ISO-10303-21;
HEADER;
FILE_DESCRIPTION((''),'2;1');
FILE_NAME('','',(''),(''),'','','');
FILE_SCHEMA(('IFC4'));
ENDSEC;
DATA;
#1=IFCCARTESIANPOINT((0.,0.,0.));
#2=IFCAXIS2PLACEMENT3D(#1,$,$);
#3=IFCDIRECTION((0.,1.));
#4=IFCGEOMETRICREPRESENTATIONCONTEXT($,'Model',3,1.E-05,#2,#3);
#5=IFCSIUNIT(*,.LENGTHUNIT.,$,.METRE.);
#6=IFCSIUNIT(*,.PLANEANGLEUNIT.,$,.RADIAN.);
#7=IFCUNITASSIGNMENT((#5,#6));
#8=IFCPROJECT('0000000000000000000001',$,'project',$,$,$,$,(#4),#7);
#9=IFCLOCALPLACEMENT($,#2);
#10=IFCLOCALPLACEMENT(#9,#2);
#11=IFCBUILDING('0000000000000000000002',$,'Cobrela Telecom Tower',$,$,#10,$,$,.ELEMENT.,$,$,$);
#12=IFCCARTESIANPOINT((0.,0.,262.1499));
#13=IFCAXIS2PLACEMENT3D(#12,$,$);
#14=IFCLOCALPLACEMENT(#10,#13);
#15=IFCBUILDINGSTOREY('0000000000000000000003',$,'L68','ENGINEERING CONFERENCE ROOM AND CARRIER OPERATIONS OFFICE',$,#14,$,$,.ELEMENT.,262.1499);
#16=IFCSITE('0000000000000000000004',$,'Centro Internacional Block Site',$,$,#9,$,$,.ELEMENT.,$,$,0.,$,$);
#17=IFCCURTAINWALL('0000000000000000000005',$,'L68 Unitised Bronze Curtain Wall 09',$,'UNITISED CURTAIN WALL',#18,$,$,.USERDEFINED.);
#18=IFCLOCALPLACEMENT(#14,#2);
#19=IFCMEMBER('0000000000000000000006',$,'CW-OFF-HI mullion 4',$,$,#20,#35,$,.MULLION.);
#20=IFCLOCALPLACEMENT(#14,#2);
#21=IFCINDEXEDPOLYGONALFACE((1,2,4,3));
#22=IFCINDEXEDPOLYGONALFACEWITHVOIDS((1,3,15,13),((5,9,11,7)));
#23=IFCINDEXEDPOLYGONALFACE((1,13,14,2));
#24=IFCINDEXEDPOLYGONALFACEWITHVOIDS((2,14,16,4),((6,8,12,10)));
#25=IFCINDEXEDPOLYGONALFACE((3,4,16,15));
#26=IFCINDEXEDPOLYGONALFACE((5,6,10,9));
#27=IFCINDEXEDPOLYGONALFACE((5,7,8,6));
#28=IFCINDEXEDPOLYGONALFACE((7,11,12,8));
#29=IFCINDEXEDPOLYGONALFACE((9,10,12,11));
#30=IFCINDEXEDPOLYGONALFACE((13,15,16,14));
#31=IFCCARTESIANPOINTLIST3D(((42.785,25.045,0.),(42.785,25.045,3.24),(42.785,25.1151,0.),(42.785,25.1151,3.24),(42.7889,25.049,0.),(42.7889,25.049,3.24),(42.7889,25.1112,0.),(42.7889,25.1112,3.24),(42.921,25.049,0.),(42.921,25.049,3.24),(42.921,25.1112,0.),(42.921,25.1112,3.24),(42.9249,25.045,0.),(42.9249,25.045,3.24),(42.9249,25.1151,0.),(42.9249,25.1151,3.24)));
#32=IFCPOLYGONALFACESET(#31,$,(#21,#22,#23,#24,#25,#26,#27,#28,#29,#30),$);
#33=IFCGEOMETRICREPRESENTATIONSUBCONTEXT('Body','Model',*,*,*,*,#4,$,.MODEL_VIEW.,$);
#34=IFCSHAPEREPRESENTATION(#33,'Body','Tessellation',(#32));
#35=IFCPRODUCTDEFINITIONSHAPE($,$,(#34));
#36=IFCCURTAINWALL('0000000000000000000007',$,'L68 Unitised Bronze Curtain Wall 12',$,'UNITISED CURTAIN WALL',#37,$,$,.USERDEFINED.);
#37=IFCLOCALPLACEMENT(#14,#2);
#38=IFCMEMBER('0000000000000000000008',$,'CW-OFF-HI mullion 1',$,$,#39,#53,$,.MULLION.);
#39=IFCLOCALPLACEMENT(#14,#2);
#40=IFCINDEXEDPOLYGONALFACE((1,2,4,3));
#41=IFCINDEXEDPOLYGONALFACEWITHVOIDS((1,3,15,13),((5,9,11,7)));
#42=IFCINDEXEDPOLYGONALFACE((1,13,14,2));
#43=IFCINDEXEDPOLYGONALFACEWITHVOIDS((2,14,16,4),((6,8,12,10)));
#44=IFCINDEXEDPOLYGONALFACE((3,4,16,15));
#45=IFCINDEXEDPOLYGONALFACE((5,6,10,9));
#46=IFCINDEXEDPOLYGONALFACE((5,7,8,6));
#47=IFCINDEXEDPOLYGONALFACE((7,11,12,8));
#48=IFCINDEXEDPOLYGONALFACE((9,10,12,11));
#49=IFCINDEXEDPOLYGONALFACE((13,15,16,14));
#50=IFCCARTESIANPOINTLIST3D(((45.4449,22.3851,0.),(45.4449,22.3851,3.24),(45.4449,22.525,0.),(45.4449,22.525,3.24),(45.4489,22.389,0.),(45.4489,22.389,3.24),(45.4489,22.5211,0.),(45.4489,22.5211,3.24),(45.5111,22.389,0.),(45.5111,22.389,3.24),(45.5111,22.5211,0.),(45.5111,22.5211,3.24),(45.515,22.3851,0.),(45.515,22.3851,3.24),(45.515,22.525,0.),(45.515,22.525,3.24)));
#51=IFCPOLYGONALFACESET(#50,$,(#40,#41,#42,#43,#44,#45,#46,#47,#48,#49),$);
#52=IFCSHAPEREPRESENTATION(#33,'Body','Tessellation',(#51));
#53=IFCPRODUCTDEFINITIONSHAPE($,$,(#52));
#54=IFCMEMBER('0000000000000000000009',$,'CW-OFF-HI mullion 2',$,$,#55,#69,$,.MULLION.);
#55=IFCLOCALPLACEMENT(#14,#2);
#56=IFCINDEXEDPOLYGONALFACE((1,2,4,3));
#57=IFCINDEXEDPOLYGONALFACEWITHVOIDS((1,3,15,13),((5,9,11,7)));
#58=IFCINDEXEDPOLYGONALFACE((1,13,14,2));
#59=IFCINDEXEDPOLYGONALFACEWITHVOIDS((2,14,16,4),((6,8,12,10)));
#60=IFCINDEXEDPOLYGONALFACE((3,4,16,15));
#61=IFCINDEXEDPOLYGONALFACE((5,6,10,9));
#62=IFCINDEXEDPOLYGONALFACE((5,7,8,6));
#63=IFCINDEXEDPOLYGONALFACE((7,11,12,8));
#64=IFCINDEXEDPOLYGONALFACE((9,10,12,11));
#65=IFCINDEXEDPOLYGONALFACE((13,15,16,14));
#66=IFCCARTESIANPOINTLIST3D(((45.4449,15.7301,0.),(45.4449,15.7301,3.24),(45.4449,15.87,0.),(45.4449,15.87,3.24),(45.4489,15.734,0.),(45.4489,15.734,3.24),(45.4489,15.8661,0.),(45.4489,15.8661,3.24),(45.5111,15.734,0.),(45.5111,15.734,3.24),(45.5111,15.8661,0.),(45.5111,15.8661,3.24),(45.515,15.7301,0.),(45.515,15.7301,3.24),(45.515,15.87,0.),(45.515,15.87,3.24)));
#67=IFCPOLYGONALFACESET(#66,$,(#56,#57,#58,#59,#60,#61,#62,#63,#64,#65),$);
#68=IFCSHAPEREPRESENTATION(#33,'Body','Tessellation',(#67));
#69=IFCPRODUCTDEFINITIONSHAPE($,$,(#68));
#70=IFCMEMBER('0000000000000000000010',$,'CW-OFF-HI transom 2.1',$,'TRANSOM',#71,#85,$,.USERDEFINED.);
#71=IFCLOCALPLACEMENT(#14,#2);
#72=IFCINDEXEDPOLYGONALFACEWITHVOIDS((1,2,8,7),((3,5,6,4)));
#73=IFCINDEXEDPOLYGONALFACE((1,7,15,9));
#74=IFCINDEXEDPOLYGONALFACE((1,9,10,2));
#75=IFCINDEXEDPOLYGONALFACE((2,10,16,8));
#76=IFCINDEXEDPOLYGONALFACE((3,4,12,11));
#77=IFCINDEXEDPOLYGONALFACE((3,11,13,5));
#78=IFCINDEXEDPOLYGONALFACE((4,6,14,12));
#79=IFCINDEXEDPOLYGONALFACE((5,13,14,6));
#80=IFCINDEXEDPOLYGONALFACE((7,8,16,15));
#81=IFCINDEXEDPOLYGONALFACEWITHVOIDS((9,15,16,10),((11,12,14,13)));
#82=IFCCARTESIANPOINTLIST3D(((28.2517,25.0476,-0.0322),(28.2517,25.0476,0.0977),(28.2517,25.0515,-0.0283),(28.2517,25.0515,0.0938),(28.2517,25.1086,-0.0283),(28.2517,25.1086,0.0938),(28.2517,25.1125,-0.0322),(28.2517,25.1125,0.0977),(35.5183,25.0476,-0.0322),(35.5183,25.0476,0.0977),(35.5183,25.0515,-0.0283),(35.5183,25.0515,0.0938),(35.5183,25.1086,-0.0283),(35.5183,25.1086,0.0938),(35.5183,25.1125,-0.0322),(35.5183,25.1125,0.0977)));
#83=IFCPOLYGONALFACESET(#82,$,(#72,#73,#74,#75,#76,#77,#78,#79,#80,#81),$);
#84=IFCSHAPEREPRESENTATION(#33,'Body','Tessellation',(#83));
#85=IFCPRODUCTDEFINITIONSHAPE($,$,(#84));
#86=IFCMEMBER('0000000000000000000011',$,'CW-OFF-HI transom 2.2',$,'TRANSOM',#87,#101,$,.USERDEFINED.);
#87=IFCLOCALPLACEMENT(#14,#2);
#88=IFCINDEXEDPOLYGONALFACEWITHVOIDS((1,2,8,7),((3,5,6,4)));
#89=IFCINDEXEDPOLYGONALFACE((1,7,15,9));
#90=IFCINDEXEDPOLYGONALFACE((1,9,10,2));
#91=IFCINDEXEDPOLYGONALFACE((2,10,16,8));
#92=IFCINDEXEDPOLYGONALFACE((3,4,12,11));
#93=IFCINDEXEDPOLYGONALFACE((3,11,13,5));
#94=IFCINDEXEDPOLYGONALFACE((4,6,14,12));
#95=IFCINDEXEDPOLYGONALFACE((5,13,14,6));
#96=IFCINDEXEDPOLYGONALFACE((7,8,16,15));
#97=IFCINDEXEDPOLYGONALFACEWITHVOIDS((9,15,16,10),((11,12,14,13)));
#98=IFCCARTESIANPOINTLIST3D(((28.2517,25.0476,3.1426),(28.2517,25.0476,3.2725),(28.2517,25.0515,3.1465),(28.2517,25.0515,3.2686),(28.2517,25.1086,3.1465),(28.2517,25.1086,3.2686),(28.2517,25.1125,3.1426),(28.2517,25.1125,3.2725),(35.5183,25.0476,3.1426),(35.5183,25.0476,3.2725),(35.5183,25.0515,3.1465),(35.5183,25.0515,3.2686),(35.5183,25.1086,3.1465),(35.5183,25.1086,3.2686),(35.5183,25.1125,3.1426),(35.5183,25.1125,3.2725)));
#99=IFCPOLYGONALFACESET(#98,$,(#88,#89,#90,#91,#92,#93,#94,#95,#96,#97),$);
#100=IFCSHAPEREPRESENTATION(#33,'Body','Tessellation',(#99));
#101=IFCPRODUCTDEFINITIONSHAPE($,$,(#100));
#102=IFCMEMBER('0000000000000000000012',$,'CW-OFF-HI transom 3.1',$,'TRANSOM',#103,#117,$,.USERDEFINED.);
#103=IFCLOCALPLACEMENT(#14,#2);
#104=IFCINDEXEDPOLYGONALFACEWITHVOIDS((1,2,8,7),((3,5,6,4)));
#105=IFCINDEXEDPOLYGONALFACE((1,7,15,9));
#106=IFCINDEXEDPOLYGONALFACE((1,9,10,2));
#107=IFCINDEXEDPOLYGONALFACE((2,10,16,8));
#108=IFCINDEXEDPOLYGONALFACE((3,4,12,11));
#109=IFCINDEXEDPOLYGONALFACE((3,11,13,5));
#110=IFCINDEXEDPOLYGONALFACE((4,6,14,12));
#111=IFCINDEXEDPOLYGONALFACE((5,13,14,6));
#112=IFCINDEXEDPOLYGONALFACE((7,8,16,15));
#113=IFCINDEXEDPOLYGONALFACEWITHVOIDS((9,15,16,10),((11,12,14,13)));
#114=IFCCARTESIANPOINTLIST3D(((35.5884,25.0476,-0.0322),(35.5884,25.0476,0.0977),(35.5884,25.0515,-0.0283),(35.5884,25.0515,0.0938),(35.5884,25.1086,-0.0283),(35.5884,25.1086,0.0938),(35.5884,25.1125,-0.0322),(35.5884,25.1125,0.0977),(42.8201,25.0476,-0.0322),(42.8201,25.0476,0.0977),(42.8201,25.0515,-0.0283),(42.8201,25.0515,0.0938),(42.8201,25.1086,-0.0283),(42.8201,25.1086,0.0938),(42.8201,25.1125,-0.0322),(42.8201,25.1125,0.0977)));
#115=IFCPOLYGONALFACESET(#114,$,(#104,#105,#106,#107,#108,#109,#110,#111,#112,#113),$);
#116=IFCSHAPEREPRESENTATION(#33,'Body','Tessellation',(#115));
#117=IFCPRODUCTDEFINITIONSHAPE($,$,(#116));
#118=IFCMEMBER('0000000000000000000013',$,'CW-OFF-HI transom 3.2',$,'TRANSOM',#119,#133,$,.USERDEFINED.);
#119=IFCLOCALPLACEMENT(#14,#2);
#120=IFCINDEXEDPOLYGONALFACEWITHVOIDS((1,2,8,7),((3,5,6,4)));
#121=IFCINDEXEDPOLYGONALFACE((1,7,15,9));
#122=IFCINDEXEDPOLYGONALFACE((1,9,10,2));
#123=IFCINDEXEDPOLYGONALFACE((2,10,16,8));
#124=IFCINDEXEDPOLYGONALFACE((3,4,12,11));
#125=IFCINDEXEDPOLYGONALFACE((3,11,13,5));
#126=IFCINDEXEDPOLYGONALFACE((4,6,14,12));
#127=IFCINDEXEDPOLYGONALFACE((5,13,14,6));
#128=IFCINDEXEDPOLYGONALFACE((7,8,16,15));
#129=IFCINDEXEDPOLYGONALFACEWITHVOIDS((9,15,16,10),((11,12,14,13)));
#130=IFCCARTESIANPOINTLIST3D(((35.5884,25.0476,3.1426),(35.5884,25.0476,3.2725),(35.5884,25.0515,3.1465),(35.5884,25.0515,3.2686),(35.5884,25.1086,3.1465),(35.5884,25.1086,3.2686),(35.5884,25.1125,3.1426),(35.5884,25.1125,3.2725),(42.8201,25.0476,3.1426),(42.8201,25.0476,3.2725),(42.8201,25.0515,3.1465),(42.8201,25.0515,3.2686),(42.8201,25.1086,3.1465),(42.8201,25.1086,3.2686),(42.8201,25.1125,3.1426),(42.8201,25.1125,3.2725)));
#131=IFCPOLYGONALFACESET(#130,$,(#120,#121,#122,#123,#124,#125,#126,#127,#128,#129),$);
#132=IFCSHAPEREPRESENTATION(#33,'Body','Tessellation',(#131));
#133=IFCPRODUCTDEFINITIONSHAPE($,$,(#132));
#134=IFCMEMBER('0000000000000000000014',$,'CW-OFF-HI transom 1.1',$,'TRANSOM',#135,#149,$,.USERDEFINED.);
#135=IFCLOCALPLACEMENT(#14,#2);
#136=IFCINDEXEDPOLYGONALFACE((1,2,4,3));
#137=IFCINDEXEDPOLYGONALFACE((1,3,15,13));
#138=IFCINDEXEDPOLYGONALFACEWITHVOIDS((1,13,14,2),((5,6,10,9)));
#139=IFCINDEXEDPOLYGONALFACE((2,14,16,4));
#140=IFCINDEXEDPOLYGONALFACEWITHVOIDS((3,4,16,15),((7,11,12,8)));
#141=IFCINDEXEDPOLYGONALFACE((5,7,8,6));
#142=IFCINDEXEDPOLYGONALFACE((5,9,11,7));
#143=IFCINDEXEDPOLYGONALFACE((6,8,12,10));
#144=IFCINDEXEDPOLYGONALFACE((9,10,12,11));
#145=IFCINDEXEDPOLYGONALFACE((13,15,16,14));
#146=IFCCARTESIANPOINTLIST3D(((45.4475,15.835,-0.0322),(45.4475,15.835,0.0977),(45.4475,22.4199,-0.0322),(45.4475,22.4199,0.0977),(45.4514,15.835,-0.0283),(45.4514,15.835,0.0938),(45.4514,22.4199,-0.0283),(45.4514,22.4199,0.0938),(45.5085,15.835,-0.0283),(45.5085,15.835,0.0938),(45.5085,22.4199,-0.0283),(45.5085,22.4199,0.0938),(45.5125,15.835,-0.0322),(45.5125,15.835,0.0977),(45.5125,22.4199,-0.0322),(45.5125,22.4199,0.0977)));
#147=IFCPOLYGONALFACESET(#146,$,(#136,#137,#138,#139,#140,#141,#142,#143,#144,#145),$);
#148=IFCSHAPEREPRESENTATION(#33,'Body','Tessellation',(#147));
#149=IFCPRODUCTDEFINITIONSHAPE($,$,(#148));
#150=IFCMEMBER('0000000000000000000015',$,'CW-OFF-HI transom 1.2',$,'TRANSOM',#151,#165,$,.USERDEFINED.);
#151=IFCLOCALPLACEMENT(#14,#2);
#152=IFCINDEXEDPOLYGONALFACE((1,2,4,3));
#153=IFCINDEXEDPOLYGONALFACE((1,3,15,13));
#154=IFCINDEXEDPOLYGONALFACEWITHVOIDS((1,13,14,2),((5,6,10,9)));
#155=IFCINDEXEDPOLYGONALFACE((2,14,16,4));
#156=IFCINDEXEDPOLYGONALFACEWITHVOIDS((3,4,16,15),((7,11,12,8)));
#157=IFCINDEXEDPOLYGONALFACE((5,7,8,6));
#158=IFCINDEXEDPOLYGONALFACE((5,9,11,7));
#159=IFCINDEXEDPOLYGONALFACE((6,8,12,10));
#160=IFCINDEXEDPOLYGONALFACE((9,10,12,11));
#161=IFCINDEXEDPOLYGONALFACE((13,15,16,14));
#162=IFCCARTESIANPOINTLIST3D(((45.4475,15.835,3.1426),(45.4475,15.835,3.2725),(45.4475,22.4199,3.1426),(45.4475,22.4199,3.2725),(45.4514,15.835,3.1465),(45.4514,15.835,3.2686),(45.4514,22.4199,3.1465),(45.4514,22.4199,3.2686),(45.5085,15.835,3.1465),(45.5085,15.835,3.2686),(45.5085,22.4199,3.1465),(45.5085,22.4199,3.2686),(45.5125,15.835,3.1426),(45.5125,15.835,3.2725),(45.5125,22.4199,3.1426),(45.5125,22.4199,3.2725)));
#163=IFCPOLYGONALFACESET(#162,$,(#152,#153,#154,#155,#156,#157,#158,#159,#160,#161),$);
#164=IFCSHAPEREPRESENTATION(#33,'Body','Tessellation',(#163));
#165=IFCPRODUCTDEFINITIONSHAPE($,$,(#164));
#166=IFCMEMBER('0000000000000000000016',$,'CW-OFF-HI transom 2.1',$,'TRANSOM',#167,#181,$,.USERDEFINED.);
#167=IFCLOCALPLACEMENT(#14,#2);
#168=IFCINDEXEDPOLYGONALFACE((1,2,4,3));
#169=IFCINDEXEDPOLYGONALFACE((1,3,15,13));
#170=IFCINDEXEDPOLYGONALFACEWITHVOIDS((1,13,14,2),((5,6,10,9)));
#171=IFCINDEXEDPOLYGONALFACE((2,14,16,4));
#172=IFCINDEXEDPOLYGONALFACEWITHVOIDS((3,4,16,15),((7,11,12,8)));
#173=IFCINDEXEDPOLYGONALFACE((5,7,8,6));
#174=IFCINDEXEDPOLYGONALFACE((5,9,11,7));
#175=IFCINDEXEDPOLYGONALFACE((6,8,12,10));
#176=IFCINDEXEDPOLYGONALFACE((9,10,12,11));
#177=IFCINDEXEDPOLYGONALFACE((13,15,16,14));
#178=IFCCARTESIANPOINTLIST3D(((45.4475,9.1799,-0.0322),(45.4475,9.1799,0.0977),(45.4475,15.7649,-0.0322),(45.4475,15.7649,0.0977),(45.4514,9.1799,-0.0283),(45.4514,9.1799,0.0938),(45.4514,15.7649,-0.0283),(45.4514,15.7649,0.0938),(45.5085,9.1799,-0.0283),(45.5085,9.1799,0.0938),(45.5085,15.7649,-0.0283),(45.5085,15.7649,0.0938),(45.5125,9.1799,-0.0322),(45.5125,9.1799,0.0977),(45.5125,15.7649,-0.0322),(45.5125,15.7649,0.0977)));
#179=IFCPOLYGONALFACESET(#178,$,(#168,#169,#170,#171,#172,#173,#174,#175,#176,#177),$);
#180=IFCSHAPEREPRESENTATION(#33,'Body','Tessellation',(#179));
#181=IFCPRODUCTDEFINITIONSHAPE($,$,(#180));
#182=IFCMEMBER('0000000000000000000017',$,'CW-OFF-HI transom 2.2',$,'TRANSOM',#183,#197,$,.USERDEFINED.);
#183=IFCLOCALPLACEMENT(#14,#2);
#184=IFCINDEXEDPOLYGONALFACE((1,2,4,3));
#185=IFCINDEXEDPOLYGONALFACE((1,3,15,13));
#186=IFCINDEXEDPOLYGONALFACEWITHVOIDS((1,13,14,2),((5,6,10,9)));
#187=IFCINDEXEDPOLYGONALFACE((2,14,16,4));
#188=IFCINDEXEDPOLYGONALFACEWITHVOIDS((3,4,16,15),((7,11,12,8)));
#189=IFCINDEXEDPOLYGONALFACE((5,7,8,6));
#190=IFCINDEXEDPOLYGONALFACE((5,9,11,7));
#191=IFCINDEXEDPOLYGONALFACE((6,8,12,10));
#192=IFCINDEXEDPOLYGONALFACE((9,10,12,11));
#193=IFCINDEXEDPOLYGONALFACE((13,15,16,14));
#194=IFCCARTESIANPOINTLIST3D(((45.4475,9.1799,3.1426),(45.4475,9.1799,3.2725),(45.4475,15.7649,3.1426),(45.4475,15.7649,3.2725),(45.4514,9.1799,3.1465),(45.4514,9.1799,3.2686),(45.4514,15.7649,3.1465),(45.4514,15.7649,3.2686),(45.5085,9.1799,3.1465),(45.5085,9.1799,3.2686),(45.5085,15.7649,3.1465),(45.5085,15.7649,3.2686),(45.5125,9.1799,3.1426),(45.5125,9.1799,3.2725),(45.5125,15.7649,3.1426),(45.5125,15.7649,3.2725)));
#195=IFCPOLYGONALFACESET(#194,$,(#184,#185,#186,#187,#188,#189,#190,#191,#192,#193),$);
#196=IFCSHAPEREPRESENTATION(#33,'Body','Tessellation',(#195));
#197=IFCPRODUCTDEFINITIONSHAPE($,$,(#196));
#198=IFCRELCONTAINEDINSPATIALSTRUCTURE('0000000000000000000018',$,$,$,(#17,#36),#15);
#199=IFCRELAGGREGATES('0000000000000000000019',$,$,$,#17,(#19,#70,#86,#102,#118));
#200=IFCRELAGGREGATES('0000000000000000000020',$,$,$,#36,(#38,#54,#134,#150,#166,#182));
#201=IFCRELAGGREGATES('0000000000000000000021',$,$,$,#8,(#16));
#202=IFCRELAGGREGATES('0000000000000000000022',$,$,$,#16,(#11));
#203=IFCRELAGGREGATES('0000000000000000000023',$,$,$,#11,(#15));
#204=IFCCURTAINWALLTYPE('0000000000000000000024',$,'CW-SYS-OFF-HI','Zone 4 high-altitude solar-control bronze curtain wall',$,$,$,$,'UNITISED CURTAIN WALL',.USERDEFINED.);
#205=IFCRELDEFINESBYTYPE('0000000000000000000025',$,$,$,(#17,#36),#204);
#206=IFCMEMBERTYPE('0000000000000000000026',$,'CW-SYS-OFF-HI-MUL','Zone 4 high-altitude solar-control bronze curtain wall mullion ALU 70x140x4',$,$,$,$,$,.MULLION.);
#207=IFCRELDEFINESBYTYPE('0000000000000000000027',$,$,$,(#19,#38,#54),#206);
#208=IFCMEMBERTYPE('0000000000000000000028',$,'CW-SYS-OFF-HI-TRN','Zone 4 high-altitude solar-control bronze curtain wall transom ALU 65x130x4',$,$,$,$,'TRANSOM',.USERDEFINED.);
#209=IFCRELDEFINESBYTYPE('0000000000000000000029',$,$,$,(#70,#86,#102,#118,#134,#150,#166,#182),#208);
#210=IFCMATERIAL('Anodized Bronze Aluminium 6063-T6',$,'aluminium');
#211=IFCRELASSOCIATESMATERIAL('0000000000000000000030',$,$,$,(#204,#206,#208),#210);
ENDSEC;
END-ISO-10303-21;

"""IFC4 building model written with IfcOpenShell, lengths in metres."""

from ifc_helpers import new_model, si_unit, direction, frame, origin, origin_2d, place, context, subcontext, project, spatial, hollow_rectangle, extrude, material, material_profile, profile_set, type_object, element, aggregate, save


model = new_model("IFC4")

# Units and contexts
model_context = context("Model", 3, precision=1e-05, world=origin(), true_north=direction((0.0, 1.0)))
body_context = subcontext(model_context, "Body", "Model", "MODEL_VIEW")
ifc_project = project(units=[si_unit("LENGTHUNIT", "METRE"), si_unit("PLANEANGLEUNIT", "RADIAN")], contexts=[model_context])

# Site, building, storey
site_placement = place(None, origin())
site = spatial("IfcSite", under=ifc_project, at=site_placement, Name="Centro Internacional Block Site", CompositionType="ELEMENT", RefElevation=0.0)
building_placement = place(site_placement, origin())
building = spatial("IfcBuilding", under=site, at=building_placement, Name="Cobrela Telecom Tower", CompositionType="ELEMENT")
storey_placement = place(building_placement, frame((0.0, 0.0, 262.1499)))
storey = spatial("IfcBuildingStorey", under=building, at=storey_placement, Name="L68", Description="ENGINEERING CONFERENCE ROOM AND CARRIER OPERATIONS OFFICE", CompositionType="ELEMENT", Elevation=262.1499)

# Curtain walls, members
ifc_material_1 = material(Name="Anodized Bronze Aluminium 6063-T6", Category="aluminium")
curtain_wall_type = type_object("IfcCurtainWallType", Name="CW-SYS-OFF-HI", Description="Zone 4 high-altitude solar-control bronze curtain wall", ElementType="UNITISED CURTAIN WALL", PredefinedType="USERDEFINED", material=ifc_material_1)
curtain_wall_1_placement = place(storey_placement, origin())
curtain_wall_1 = element("IfcCurtainWall", 1, at=curtain_wall_1_placement, inside=storey, type_object=curtain_wall_type, Name="L68 Unitised Bronze Curtain Wall 09", ObjectType="UNITISED CURTAIN WALL", PredefinedType="USERDEFINED")
ifc_material_profile_1 = material_profile(ifc_material_1, hollow_rectangle(XDim=0.0701, YDim=0.1399, WallThickness=0.0039, at=origin_2d()), Name="ALU 70x140x4")
ifc_profile_set_1 = profile_set([ifc_material_profile_1], Name="Anodized Bronze Aluminium 6063-T6")
member_type_1 = type_object("IfcMemberType", Name="CW-SYS-OFF-HI-MUL", Description="Zone 4 high-altitude solar-control bronze curtain wall mullion ALU 70x140x4", PredefinedType="MULLION", material=ifc_profile_set_1)
member_1_placement = place(storey_placement, frame((42.855, 25.0801, 0.0), z_axis=(0.0, 0.0, 1.0), x_axis=(0.0, 1.0, 0.0)))
member_1 = element("IfcMember", 2, at=member_1_placement, type_object=member_type_1, Name="CW-OFF-HI mullion 4", PredefinedType="MULLION", context=body_context, shape_type="SweptSolid", body=[
    extrude(hollow_rectangle(XDim=0.0701, YDim=0.1399, WallThickness=0.0039, at=origin_2d()), origin(), (0.0, 0.0, 1.0), 3.24),
])
curtain_wall_2_placement = place(storey_placement, origin())
curtain_wall_2 = element("IfcCurtainWall", 3, at=curtain_wall_2_placement, inside=storey, type_object=curtain_wall_type, Name="L68 Unitised Bronze Curtain Wall 12", ObjectType="UNITISED CURTAIN WALL", PredefinedType="USERDEFINED")
member_2_placement = place(storey_placement, frame((45.48, 22.4551, 0.0), z_axis=(0.0, 0.0, 1.0), x_axis=(1.0, 0.0, 0.0)))
member_2 = element("IfcMember", 4, at=member_2_placement, type_object=member_type_1, Name="CW-OFF-HI mullion 1", PredefinedType="MULLION", context=body_context, shape_type="SweptSolid", body=[
    extrude(hollow_rectangle(XDim=0.0701, YDim=0.1399, WallThickness=0.0039, at=origin_2d()), origin(), (0.0, 0.0, 1.0), 3.24),
])
member_3_placement = place(storey_placement, frame((45.48, 15.8, 0.0), z_axis=(0.0, 0.0, 1.0), x_axis=(1.0, 0.0, 0.0)))
member_3 = element("IfcMember", 5, at=member_3_placement, type_object=member_type_1, Name="CW-OFF-HI mullion 2", PredefinedType="MULLION", context=body_context, shape_type="SweptSolid", body=[
    extrude(hollow_rectangle(XDim=0.0701, YDim=0.1399, WallThickness=0.0039, at=origin_2d()), origin(), (0.0, 0.0, 1.0), 3.24),
])

# Members
ifc_material_profile_2 = material_profile(ifc_material_1, hollow_rectangle(XDim=0.0649, YDim=0.1299, WallThickness=0.0039, at=origin_2d()), Name="ALU 65x130x4")
ifc_profile_set_2 = profile_set([ifc_material_profile_2], Name="Anodized Bronze Aluminium 6063-T6")
member_type_2 = type_object("IfcMemberType", Name="CW-SYS-OFF-HI-TRN", Description="Zone 4 high-altitude solar-control bronze curtain wall transom ALU 65x130x4", ElementType="TRANSOM", PredefinedType="USERDEFINED", material=ifc_profile_set_2)
member_4_placement = place(storey_placement, frame((28.2517, 25.0801, 0.0327), z_axis=(1.0, 0.0, 0.0), x_axis=(0.0, 1.0, 0.0)))
member_4 = element("IfcMember", 6, at=member_4_placement, type_object=member_type_2, Name="CW-OFF-HI transom 2.1", ObjectType="TRANSOM", PredefinedType="USERDEFINED", context=body_context, shape_type="SweptSolid", body=[
    extrude(hollow_rectangle(XDim=0.0649, YDim=0.1299, WallThickness=0.0039, at=origin_2d()), origin(), (0.0, 0.0, 1.0), 7.2666),
])
member_5_placement = place(storey_placement, frame((28.2517, 25.0801, 3.2075), z_axis=(1.0, 0.0, 0.0), x_axis=(0.0, 1.0, 0.0)))
member_5 = element("IfcMember", 7, at=member_5_placement, type_object=member_type_2, Name="CW-OFF-HI transom 2.2", ObjectType="TRANSOM", PredefinedType="USERDEFINED", context=body_context, shape_type="SweptSolid", body=[
    extrude(hollow_rectangle(XDim=0.0649, YDim=0.1299, WallThickness=0.0039, at=origin_2d()), origin(), (0.0, 0.0, 1.0), 7.2666),
])
member_6_placement = place(storey_placement, frame((35.5884, 25.0801, 0.0327), z_axis=(1.0, 0.0, 0.0), x_axis=(0.0, 1.0, 0.0)))
member_6 = element("IfcMember", 8, at=member_6_placement, type_object=member_type_2, Name="CW-OFF-HI transom 3.1", ObjectType="TRANSOM", PredefinedType="USERDEFINED", context=body_context, shape_type="SweptSolid", body=[
    extrude(hollow_rectangle(XDim=0.0649, YDim=0.1299, WallThickness=0.0039, at=origin_2d()), origin(), (0.0, 0.0, 1.0), 7.2317),
])
member_7_placement = place(storey_placement, frame((35.5884, 25.0801, 3.2075), z_axis=(1.0, 0.0, 0.0), x_axis=(0.0, 1.0, 0.0)))
member_7 = element("IfcMember", 9, at=member_7_placement, type_object=member_type_2, Name="CW-OFF-HI transom 3.2", ObjectType="TRANSOM", PredefinedType="USERDEFINED", context=body_context, shape_type="SweptSolid", body=[
    extrude(hollow_rectangle(XDim=0.0649, YDim=0.1299, WallThickness=0.0039, at=origin_2d()), origin(), (0.0, 0.0, 1.0), 7.2317),
])
member_8_placement = place(storey_placement, frame((45.48, 22.4199, 0.0327), z_axis=(0.0, -1.0, 0.0), x_axis=(1.0, 0.0, 0.0)))
member_8 = element("IfcMember", 10, at=member_8_placement, type_object=member_type_2, Name="CW-OFF-HI transom 1.1", ObjectType="TRANSOM", PredefinedType="USERDEFINED", context=body_context, shape_type="SweptSolid", body=[
    extrude(hollow_rectangle(XDim=0.0649, YDim=0.1299, WallThickness=0.0039, at=origin_2d()), origin(), (0.0, 0.0, 1.0), 6.585),
])
member_9_placement = place(storey_placement, frame((45.48, 22.4199, 3.2075), z_axis=(0.0, -1.0, 0.0), x_axis=(1.0, 0.0, 0.0)))
member_9 = element("IfcMember", 11, at=member_9_placement, type_object=member_type_2, Name="CW-OFF-HI transom 1.2", ObjectType="TRANSOM", PredefinedType="USERDEFINED", context=body_context, shape_type="SweptSolid", body=[
    extrude(hollow_rectangle(XDim=0.0649, YDim=0.1299, WallThickness=0.0039, at=origin_2d()), origin(), (0.0, 0.0, 1.0), 6.585),
])
member_10_placement = place(storey_placement, frame((45.48, 15.7649, 0.0327), z_axis=(0.0, -1.0, 0.0), x_axis=(1.0, 0.0, 0.0)))
member_10 = element("IfcMember", 12, at=member_10_placement, type_object=member_type_2, Name="CW-OFF-HI transom 2.1", ObjectType="TRANSOM", PredefinedType="USERDEFINED", context=body_context, shape_type="SweptSolid", body=[
    extrude(hollow_rectangle(XDim=0.0649, YDim=0.1299, WallThickness=0.0039, at=origin_2d()), origin(), (0.0, 0.0, 1.0), 6.585),
])
member_11_placement = place(storey_placement, frame((45.48, 15.7649, 3.2075), z_axis=(0.0, -1.0, 0.0), x_axis=(1.0, 0.0, 0.0)))
member_11 = element("IfcMember", 13, at=member_11_placement, type_object=member_type_2, Name="CW-OFF-HI transom 2.2", ObjectType="TRANSOM", PredefinedType="USERDEFINED", context=body_context, shape_type="SweptSolid", body=[
    extrude(hollow_rectangle(XDim=0.0649, YDim=0.1299, WallThickness=0.0039, at=origin_2d()), origin(), (0.0, 0.0, 1.0), 6.585),
])

aggregate(curtain_wall_1, [member_1, member_4, member_5, member_6, member_7])
aggregate(curtain_wall_2, [member_2, member_3, member_8, member_9, member_10, member_11])

save(model, "model.ifc")
